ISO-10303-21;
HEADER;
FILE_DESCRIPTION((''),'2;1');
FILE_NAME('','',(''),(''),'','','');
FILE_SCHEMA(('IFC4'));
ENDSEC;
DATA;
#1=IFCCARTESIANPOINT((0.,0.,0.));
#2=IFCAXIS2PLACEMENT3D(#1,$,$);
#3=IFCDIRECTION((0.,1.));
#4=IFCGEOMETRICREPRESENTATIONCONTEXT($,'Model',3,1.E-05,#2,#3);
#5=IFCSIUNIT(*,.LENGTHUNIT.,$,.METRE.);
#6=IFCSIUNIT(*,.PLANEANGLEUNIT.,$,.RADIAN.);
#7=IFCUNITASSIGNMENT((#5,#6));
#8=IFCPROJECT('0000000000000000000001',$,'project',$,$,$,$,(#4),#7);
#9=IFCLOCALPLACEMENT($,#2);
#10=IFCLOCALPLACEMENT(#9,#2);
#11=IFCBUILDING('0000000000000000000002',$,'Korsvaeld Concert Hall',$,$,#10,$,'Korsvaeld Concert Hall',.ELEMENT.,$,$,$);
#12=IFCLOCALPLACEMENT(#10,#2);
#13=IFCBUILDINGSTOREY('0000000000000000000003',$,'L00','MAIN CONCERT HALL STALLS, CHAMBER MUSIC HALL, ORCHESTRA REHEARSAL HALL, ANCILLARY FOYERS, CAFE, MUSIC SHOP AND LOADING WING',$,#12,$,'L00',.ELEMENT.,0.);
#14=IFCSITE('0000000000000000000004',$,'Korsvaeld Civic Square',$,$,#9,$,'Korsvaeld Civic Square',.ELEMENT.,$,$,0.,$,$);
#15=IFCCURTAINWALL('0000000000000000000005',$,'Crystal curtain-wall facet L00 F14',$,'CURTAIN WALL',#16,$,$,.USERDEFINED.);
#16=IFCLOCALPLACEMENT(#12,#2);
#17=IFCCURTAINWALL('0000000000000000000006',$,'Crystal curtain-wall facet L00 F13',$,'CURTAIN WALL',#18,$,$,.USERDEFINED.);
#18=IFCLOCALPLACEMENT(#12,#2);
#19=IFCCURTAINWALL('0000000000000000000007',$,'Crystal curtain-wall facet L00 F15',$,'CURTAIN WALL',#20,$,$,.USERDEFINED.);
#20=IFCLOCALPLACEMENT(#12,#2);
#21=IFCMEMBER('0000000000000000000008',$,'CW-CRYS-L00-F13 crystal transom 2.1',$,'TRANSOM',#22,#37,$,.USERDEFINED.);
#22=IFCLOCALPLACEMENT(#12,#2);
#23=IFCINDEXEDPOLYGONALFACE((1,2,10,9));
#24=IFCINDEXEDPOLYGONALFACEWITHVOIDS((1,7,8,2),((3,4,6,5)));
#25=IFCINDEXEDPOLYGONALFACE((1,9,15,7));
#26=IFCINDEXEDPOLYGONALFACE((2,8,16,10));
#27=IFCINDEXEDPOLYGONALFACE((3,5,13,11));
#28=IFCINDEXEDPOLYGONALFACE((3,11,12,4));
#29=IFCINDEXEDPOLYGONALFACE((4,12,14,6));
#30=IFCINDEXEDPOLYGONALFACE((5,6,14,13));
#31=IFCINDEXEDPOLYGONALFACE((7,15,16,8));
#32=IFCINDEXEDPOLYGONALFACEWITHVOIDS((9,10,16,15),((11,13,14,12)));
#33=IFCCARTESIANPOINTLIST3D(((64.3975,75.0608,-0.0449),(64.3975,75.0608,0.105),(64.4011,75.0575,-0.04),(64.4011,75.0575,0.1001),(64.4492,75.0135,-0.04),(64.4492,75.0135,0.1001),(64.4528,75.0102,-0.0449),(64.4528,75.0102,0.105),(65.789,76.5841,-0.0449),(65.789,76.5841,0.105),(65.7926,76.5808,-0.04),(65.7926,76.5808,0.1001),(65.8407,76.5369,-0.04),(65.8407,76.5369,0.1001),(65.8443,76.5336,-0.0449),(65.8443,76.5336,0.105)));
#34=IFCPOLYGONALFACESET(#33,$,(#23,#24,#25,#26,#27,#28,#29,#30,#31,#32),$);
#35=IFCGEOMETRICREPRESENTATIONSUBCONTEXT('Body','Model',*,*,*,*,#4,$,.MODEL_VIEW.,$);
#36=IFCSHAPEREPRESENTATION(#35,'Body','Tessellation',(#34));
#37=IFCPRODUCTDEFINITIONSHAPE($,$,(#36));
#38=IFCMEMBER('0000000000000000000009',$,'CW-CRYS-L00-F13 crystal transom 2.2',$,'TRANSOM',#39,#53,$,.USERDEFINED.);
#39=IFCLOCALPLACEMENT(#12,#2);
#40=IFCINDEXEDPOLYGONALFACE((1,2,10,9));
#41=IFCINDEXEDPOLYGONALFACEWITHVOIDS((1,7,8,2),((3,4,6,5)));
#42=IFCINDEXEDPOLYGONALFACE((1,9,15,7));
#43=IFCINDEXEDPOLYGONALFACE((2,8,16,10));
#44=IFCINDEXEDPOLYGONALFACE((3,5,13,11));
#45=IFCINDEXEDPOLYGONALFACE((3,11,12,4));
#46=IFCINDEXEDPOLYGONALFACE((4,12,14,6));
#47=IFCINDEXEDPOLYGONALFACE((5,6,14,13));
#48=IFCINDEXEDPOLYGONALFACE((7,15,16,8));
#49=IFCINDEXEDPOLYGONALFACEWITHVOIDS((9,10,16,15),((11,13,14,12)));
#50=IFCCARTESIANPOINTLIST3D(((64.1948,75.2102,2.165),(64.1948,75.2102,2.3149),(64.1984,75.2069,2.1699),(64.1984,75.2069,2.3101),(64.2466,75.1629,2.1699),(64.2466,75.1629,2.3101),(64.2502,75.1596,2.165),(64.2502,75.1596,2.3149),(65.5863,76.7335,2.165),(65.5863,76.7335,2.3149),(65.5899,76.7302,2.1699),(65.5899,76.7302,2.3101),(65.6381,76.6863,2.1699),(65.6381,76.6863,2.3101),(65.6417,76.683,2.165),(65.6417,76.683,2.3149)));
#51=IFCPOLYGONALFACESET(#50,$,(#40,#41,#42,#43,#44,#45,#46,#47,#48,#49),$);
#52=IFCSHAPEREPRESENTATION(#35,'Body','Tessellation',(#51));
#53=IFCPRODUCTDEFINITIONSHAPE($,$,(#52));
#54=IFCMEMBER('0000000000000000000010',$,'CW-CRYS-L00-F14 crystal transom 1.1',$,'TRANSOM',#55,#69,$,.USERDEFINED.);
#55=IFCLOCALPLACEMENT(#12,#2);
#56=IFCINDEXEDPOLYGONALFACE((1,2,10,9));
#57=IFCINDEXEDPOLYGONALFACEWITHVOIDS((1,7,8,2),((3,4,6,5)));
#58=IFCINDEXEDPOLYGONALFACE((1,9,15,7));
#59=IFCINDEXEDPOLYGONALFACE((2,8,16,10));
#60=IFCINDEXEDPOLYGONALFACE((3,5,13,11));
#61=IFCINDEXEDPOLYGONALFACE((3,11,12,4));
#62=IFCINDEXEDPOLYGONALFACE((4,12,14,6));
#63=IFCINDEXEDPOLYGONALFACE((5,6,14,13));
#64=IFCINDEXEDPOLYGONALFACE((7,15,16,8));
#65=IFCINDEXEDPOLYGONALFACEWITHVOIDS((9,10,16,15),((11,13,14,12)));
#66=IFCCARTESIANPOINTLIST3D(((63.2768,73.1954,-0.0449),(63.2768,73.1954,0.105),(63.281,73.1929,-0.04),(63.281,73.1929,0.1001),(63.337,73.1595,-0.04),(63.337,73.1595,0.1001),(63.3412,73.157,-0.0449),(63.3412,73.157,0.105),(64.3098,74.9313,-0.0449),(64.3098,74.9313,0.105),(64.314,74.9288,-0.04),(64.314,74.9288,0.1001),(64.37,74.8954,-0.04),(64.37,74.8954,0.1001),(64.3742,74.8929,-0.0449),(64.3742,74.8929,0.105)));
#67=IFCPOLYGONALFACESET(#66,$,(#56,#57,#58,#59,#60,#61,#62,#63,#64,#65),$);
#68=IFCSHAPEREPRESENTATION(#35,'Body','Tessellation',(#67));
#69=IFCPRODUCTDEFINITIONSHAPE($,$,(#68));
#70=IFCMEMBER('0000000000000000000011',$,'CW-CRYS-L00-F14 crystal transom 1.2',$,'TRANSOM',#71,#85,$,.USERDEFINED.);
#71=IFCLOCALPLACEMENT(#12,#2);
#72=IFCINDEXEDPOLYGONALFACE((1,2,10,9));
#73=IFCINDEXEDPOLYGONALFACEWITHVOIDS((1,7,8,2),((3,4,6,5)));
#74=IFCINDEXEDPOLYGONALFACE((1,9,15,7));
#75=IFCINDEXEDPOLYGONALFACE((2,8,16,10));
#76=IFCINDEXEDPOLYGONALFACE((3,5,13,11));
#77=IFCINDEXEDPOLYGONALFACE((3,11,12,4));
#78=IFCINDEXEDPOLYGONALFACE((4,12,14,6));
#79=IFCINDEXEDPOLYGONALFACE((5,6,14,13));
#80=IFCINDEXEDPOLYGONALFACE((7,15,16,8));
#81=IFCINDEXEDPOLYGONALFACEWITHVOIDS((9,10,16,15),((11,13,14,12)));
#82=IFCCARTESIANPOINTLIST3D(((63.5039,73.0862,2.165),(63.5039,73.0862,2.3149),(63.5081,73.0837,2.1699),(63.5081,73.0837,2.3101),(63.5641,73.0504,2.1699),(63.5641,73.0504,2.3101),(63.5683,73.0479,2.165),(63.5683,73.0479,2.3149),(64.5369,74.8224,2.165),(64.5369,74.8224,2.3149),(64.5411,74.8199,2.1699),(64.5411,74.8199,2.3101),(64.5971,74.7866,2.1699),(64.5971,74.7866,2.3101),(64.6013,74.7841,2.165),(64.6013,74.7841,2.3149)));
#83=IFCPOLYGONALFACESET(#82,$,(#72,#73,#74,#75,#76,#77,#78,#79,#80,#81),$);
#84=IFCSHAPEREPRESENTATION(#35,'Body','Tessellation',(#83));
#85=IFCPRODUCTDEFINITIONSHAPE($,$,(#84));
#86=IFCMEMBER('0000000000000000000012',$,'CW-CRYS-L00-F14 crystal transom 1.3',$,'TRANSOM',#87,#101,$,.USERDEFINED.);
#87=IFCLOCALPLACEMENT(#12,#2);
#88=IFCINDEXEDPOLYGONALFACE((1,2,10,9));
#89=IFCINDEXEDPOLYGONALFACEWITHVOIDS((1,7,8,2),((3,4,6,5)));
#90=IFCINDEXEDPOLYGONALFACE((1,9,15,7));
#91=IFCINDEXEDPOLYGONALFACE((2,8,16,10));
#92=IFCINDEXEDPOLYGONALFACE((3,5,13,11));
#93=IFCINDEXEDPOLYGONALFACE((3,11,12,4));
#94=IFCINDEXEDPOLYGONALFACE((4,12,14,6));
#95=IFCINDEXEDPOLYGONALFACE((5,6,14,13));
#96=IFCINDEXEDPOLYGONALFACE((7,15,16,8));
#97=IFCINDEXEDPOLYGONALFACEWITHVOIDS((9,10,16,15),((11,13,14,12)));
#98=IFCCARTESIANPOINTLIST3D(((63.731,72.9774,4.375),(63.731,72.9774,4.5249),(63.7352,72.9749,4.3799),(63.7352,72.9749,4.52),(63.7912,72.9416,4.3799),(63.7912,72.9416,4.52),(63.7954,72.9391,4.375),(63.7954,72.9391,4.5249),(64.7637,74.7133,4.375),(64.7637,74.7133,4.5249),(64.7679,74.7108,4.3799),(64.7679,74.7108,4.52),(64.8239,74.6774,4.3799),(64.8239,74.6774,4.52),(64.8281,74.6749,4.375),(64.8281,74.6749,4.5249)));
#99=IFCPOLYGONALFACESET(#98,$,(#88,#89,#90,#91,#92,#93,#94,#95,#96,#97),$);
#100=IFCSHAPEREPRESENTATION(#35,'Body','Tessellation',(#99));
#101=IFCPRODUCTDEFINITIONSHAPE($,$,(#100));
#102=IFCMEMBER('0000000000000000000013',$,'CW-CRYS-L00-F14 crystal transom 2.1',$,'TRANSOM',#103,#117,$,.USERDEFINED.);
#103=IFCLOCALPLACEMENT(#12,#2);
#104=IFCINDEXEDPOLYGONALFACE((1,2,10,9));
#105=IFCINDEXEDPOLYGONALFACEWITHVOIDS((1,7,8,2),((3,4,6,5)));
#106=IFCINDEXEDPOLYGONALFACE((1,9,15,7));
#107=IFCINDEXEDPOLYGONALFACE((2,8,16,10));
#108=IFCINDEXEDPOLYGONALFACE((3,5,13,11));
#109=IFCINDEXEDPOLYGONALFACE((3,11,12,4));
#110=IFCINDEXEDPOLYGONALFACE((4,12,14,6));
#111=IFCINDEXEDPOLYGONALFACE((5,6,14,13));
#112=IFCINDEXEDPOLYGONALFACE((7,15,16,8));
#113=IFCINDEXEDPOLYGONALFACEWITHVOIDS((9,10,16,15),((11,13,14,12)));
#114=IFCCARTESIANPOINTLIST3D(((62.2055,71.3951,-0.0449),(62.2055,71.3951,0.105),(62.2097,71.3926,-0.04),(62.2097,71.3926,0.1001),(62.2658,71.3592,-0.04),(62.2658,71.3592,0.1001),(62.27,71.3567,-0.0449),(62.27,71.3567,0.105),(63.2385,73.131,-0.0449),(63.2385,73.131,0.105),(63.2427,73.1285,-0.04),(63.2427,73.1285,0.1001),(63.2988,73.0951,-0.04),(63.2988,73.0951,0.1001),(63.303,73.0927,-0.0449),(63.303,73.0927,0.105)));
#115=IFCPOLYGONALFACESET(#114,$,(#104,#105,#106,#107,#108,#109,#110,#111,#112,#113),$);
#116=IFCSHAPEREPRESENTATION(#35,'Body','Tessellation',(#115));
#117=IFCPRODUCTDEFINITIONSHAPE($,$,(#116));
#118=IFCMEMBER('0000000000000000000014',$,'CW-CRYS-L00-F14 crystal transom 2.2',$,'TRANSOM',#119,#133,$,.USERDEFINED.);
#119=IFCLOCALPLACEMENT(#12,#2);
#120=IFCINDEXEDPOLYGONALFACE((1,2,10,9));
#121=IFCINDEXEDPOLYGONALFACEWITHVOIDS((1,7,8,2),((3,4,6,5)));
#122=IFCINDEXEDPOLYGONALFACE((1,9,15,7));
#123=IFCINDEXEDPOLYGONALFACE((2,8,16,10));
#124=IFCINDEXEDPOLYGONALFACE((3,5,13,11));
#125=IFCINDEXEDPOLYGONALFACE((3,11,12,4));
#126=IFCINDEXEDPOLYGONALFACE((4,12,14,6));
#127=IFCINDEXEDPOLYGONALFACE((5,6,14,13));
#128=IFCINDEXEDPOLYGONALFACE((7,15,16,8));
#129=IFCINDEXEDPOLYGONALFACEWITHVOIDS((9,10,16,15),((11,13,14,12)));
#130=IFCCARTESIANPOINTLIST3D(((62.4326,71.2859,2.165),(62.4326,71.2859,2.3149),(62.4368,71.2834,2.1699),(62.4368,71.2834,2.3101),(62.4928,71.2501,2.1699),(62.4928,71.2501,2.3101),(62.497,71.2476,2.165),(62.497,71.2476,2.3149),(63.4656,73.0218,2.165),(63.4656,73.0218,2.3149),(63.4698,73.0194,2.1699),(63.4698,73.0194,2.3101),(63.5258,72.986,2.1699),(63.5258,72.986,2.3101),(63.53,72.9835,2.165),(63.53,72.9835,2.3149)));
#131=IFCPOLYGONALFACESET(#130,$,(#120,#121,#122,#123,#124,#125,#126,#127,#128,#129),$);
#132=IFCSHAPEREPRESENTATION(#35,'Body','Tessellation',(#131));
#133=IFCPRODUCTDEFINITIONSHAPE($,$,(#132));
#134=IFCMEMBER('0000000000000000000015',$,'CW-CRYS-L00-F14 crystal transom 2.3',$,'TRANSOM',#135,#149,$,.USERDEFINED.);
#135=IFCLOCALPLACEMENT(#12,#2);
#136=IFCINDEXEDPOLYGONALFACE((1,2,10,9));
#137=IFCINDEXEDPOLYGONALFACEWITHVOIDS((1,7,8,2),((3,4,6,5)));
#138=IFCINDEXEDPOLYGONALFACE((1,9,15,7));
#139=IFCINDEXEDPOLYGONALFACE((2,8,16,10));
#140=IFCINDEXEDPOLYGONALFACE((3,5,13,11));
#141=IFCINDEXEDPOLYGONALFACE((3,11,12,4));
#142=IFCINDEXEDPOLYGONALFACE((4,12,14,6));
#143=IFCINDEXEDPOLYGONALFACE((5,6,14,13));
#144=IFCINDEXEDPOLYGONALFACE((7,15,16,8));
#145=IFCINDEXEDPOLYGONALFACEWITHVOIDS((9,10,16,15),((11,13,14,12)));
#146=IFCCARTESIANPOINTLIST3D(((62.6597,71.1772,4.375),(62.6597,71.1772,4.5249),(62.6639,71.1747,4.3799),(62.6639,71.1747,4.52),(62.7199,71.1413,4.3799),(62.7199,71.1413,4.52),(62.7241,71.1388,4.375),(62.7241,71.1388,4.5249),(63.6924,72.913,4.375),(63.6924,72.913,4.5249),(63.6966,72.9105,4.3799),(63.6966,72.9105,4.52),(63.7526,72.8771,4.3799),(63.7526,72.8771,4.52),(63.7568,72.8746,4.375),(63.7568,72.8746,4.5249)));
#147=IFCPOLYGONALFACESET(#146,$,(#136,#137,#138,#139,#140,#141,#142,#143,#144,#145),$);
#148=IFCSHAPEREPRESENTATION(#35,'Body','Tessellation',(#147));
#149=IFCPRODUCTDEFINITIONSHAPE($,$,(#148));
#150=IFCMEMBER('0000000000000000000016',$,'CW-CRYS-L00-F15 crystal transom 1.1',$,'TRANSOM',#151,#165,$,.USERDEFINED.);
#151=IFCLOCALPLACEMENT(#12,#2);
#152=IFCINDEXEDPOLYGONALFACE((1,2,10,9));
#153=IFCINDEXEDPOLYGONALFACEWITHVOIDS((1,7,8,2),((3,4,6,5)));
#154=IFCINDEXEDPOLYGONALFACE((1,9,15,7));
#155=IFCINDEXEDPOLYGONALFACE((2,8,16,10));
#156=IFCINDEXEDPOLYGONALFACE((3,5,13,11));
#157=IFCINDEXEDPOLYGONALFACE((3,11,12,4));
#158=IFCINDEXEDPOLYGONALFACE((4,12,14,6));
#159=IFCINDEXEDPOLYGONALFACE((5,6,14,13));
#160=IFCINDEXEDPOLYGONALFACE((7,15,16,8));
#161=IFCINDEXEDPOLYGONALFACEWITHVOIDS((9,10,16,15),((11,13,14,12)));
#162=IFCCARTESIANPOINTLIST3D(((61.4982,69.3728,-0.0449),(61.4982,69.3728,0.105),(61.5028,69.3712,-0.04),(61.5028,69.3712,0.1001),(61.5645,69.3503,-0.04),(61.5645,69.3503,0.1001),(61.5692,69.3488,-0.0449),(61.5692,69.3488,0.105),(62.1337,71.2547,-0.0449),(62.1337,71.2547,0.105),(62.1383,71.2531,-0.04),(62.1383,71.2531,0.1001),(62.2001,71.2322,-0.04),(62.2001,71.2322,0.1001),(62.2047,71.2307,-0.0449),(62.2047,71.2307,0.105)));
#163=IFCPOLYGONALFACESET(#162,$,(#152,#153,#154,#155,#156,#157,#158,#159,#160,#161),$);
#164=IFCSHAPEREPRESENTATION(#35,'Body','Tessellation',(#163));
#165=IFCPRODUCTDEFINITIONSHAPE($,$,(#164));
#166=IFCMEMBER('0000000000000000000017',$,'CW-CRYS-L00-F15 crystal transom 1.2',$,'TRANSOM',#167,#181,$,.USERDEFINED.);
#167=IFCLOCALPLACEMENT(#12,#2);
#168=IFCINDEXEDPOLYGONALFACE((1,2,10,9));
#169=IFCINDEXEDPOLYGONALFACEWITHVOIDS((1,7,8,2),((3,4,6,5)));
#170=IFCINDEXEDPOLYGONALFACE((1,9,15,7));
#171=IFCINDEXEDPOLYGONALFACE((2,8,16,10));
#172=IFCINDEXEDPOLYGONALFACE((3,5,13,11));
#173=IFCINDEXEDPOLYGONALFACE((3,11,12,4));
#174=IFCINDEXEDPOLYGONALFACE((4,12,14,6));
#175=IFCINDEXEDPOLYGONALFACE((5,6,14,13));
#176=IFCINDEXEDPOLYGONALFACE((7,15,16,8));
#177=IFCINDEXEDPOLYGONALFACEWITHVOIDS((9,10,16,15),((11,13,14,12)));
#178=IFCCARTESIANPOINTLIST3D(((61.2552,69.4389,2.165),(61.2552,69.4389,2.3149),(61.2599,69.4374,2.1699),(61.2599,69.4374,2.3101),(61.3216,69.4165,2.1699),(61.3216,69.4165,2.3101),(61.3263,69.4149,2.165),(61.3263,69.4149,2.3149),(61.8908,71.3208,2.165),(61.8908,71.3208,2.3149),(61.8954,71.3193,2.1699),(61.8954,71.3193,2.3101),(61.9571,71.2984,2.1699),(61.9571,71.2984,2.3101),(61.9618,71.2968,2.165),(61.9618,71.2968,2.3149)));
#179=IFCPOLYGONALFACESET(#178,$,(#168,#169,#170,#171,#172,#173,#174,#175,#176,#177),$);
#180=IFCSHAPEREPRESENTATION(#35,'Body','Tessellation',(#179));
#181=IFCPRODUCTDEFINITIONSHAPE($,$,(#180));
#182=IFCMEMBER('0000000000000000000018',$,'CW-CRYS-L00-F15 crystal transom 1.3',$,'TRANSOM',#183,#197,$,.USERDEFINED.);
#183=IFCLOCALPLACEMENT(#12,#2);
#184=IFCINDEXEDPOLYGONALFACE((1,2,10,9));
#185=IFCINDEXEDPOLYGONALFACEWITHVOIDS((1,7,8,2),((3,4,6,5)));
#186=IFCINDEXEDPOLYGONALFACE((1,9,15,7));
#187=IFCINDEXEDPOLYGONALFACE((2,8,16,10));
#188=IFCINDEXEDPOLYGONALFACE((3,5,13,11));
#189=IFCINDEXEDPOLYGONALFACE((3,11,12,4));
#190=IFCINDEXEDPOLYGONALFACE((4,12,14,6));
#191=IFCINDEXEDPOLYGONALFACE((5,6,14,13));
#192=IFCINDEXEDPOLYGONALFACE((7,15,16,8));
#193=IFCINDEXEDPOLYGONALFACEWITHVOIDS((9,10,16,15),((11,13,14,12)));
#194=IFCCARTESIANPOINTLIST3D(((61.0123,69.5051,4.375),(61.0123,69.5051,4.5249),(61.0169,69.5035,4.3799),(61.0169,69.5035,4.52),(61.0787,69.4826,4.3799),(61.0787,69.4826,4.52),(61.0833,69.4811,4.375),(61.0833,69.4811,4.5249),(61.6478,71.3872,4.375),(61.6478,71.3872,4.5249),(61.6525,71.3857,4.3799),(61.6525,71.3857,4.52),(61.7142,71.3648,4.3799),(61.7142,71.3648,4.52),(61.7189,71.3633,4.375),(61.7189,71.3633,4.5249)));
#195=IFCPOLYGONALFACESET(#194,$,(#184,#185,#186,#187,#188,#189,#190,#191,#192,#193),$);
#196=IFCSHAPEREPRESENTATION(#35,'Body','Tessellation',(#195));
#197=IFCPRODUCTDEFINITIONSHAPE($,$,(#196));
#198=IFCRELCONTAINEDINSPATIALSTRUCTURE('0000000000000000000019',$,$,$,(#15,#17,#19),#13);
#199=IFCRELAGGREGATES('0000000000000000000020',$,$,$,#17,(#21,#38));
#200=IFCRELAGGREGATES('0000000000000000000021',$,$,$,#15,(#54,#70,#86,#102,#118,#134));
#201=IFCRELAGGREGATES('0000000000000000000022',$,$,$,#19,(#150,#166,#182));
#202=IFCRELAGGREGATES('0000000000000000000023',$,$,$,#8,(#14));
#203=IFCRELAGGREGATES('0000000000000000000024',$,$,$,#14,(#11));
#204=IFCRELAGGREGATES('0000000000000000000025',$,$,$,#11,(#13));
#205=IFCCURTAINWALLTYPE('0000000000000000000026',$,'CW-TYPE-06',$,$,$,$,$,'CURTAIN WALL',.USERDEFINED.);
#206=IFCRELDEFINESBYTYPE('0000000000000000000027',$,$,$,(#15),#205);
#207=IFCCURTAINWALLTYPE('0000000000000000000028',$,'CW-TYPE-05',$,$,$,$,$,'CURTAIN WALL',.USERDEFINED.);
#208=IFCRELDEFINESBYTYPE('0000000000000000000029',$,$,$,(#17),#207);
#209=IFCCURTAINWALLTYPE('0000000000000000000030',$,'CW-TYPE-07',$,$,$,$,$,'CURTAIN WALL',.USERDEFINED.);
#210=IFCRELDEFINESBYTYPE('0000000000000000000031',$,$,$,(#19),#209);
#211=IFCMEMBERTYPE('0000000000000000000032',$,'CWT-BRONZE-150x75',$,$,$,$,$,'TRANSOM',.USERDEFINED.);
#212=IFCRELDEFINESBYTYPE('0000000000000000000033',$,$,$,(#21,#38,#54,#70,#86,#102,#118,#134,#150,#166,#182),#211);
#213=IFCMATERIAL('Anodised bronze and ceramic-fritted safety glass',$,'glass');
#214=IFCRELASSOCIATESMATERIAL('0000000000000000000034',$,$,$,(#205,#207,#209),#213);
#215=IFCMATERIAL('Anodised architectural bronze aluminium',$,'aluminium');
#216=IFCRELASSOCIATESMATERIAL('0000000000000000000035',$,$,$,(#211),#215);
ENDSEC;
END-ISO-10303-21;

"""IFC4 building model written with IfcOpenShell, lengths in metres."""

from ifc_helpers import new_model, si_unit, direction, frame, origin, origin_2d, place, context, subcontext, project, spatial, hollow_rectangle, extrude, material, material_profile, profile_set, type_object, element, aggregate, save


model = new_model("IFC4")

# Units and contexts
model_context = context("Model", 3, precision=1e-05, world=origin(), true_north=direction((0.0, 1.0)))
body_context = subcontext(model_context, "Body", "Model", "MODEL_VIEW")
ifc_project = project(units=[si_unit("LENGTHUNIT", "METRE"), si_unit("PLANEANGLEUNIT", "RADIAN")], contexts=[model_context])

# Site, building, storey
site_placement = place(None, origin())
site = spatial("IfcSite", under=ifc_project, at=site_placement, Name="Korsvaeld Civic Square", LongName="Korsvaeld Civic Square", CompositionType="ELEMENT", RefElevation=0.0)
building_placement = place(site_placement, origin())
building = spatial("IfcBuilding", under=site, at=building_placement, Name="Korsvaeld Concert Hall", LongName="Korsvaeld Concert Hall", CompositionType="ELEMENT")
storey_placement = place(building_placement, origin())
storey = spatial("IfcBuildingStorey", under=building, at=storey_placement, Name="L00", Description="MAIN CONCERT HALL STALLS, CHAMBER MUSIC HALL, ORCHESTRA REHEARSAL HALL, ANCILLARY FOYERS, CAFE, MUSIC SHOP AND LOADING WING", LongName="L00", CompositionType="ELEMENT", Elevation=0.0)

# Curtain walls
ifc_material_1 = material(Name="Anodised bronze and ceramic-fritted safety glass", Category="glass")
curtain_wall_type_1 = type_object("IfcCurtainWallType", Name="CW-TYPE-06", ElementType="CURTAIN WALL", PredefinedType="USERDEFINED", material=ifc_material_1)
curtain_wall_1_placement = place(storey_placement, origin())
curtain_wall_1 = element("IfcCurtainWall", 1, at=curtain_wall_1_placement, inside=storey, type_object=curtain_wall_type_1, Name="Crystal curtain-wall facet L00 F14", ObjectType="CURTAIN WALL", PredefinedType="USERDEFINED")
ifc_material_2 = material(Name="Anodised architectural bronze aluminium", Category="aluminium")
curtain_wall_type_2 = type_object("IfcCurtainWallType", Name="CW-TYPE-05", ElementType="CURTAIN WALL", PredefinedType="USERDEFINED", material=ifc_material_1)
curtain_wall_2_placement = place(storey_placement, origin())
curtain_wall_2 = element("IfcCurtainWall", 2, at=curtain_wall_2_placement, inside=storey, type_object=curtain_wall_type_2, Name="Crystal curtain-wall facet L00 F13", ObjectType="CURTAIN WALL", PredefinedType="USERDEFINED")

# Curtain wall
curtain_wall_type_3 = type_object("IfcCurtainWallType", Name="CW-TYPE-07", ElementType="CURTAIN WALL", PredefinedType="USERDEFINED", material=ifc_material_1)
curtain_wall_3_placement = place(storey_placement, origin())
curtain_wall_3 = element("IfcCurtainWall", 3, at=curtain_wall_3_placement, inside=storey, type_object=curtain_wall_type_3, Name="Crystal curtain-wall facet L00 F15", ObjectType="CURTAIN WALL", PredefinedType="USERDEFINED")

# Members
ifc_material_profile_1 = material_profile(ifc_material_2, hollow_rectangle(XDim=0.075, YDim=0.1499, WallThickness=0.0049, at=origin_2d()), Name="CWT 150x75x5")
ifc_profile_set_1 = profile_set([ifc_material_profile_1], Name="Anodised architectural bronze aluminium")
member_type_1 = type_object("IfcMemberType", Name="CWT-BRONZE-150x75", ElementType="TRANSOM", PredefinedType="USERDEFINED", material=ifc_profile_set_1)
member_1_placement = place(storey_placement, frame((65.8167, 76.5588, 0.03), z_axis=(-0.674438, -0.738332, 0.0), x_axis=(0.738332, -0.674438, 0.0)))
member_1 = element("IfcMember", 4, at=member_1_placement, type_object=member_type_1, Name="CW-CRYS-L00-F13 crystal transom 2.1", ObjectType="TRANSOM", PredefinedType="USERDEFINED", context=body_context, shape_type="SweptSolid", body=[
    extrude(hollow_rectangle(XDim=0.075, YDim=0.1499, WallThickness=0.0049, at=origin_2d()), origin(), (0.0, 0.0, 1.0), 2.0632),
])
member_2_placement = place(storey_placement, frame((65.614, 76.7083, 2.24), z_axis=(-0.674438, -0.738332, 0.0), x_axis=(0.738332, -0.674438, 0.0)))
member_2 = element("IfcMember", 5, at=member_2_placement, type_object=member_type_1, Name="CW-CRYS-L00-F13 crystal transom 2.2", ObjectType="TRANSOM", PredefinedType="USERDEFINED", context=body_context, shape_type="SweptSolid", body=[
    extrude(hollow_rectangle(XDim=0.075, YDim=0.1499, WallThickness=0.0049, at=origin_2d()), origin(), (0.0, 0.0, 1.0), 2.0632),
])
member_3_placement = place(storey_placement, frame((64.342, 74.9121, 0.03), z_axis=(-0.511382, -0.859354, 0.0), x_axis=(0.859354, -0.511382, 0.0)))
member_3 = element("IfcMember", 6, at=member_3_placement, type_object=member_type_1, Name="CW-CRYS-L00-F14 crystal transom 1.1", ObjectType="TRANSOM", PredefinedType="USERDEFINED", context=body_context, shape_type="SweptSolid", body=[
    extrude(hollow_rectangle(XDim=0.075, YDim=0.1499, WallThickness=0.0049, at=origin_2d()), origin(), (0.0, 0.0, 1.0), 2.02),
])
member_4_placement = place(storey_placement, frame((64.5691, 74.8032, 2.24), z_axis=(-0.511329, -0.859385, 0.0), x_axis=(0.859385, -0.511329, 0.0)))
member_4 = element("IfcMember", 7, at=member_4_placement, type_object=member_type_1, Name="CW-CRYS-L00-F14 crystal transom 1.2", ObjectType="TRANSOM", PredefinedType="USERDEFINED", context=body_context, shape_type="SweptSolid", body=[
    extrude(hollow_rectangle(XDim=0.075, YDim=0.1499, WallThickness=0.0049, at=origin_2d()), origin(), (0.0, 0.0, 1.0), 2.0203),
])
member_5_placement = place(storey_placement, frame((64.7959, 74.6941, 4.45), z_axis=(-0.511293, -0.859407, 0.0), x_axis=(0.859407, -0.511293, 0.0)))
member_5 = element("IfcMember", 8, at=member_5_placement, type_object=member_type_1, Name="CW-CRYS-L00-F14 crystal transom 1.3", ObjectType="TRANSOM", PredefinedType="USERDEFINED", context=body_context, shape_type="SweptSolid", body=[
    extrude(hollow_rectangle(XDim=0.075, YDim=0.1499, WallThickness=0.0049, at=origin_2d()), origin(), (0.0, 0.0, 1.0), 2.0198),
])
member_6_placement = place(storey_placement, frame((63.2708, 73.1118, 0.03), z_axis=(-0.511382, -0.859354, 0.0), x_axis=(0.859354, -0.511382, 0.0)))
member_6 = element("IfcMember", 9, at=member_6_placement, type_object=member_type_1, Name="CW-CRYS-L00-F14 crystal transom 2.1", ObjectType="TRANSOM", PredefinedType="USERDEFINED", context=body_context, shape_type="SweptSolid", body=[
    extrude(hollow_rectangle(XDim=0.075, YDim=0.1499, WallThickness=0.0049, at=origin_2d()), origin(), (0.0, 0.0, 1.0), 2.02),
])
member_7_placement = place(storey_placement, frame((63.4978, 73.0027, 2.24), z_axis=(-0.511382, -0.859354, 0.0), x_axis=(0.859354, -0.511382, 0.0)))
member_7 = element("IfcMember", 10, at=member_7_placement, type_object=member_type_1, Name="CW-CRYS-L00-F14 crystal transom 2.2", ObjectType="TRANSOM", PredefinedType="USERDEFINED", context=body_context, shape_type="SweptSolid", body=[
    extrude(hollow_rectangle(XDim=0.075, YDim=0.1499, WallThickness=0.0049, at=origin_2d()), origin(), (0.0, 0.0, 1.0), 2.02),
])
member_8_placement = place(storey_placement, frame((63.7246, 72.8938, 4.45), z_axis=(-0.511293, -0.859407, 0.0), x_axis=(0.859407, -0.511293, 0.0)))
member_8 = element("IfcMember", 11, at=member_8_placement, type_object=member_type_1, Name="CW-CRYS-L00-F14 crystal transom 2.3", ObjectType="TRANSOM", PredefinedType="USERDEFINED", context=body_context, shape_type="SweptSolid", body=[
    extrude(hollow_rectangle(XDim=0.075, YDim=0.1499, WallThickness=0.0049, at=origin_2d()), origin(), (0.0, 0.0, 1.0), 2.0198),
])
member_9_placement = place(storey_placement, frame((62.1692, 71.2427, 0.03), z_axis=(-0.31995, -0.947435, 0.0), x_axis=(0.947435, -0.31995, 0.0)))
member_9 = element("IfcMember", 12, at=member_9_placement, type_object=member_type_1, Name="CW-CRYS-L00-F15 crystal transom 1.1", ObjectType="TRANSOM", PredefinedType="USERDEFINED", context=body_context, shape_type="SweptSolid", body=[
    extrude(hollow_rectangle(XDim=0.075, YDim=0.1499, WallThickness=0.0049, at=origin_2d()), origin(), (0.0, 0.0, 1.0), 1.9863),
])
member_10_placement = place(storey_placement, frame((61.9263, 71.3088, 2.24), z_axis=(-0.31995, -0.947435, 0.0), x_axis=(0.947435, -0.31995, 0.0)))
member_10 = element("IfcMember", 13, at=member_10_placement, type_object=member_type_1, Name="CW-CRYS-L00-F15 crystal transom 1.2", ObjectType="TRANSOM", PredefinedType="USERDEFINED", context=body_context, shape_type="SweptSolid", body=[
    extrude(hollow_rectangle(XDim=0.075, YDim=0.1499, WallThickness=0.0049, at=origin_2d()), origin(), (0.0, 0.0, 1.0), 1.9863),
])
member_11_placement = place(storey_placement, frame((61.6833, 71.3752, 4.45), z_axis=(-0.319912, -0.947447, 0.0), x_axis=(0.947447, -0.319912, 0.0)))
member_11 = element("IfcMember", 14, at=member_11_placement, type_object=member_type_1, Name="CW-CRYS-L00-F15 crystal transom 1.3", ObjectType="TRANSOM", PredefinedType="USERDEFINED", context=body_context, shape_type="SweptSolid", body=[
    extrude(hollow_rectangle(XDim=0.075, YDim=0.1499, WallThickness=0.0049, at=origin_2d()), origin(), (0.0, 0.0, 1.0), 1.9866),
])

aggregate(curtain_wall_2, [member_1, member_2])
aggregate(curtain_wall_1, [member_3, member_4, member_5, member_6, member_7, member_8])
aggregate(curtain_wall_3, [member_9, member_10, member_11])

save(model, "model.ifc")
